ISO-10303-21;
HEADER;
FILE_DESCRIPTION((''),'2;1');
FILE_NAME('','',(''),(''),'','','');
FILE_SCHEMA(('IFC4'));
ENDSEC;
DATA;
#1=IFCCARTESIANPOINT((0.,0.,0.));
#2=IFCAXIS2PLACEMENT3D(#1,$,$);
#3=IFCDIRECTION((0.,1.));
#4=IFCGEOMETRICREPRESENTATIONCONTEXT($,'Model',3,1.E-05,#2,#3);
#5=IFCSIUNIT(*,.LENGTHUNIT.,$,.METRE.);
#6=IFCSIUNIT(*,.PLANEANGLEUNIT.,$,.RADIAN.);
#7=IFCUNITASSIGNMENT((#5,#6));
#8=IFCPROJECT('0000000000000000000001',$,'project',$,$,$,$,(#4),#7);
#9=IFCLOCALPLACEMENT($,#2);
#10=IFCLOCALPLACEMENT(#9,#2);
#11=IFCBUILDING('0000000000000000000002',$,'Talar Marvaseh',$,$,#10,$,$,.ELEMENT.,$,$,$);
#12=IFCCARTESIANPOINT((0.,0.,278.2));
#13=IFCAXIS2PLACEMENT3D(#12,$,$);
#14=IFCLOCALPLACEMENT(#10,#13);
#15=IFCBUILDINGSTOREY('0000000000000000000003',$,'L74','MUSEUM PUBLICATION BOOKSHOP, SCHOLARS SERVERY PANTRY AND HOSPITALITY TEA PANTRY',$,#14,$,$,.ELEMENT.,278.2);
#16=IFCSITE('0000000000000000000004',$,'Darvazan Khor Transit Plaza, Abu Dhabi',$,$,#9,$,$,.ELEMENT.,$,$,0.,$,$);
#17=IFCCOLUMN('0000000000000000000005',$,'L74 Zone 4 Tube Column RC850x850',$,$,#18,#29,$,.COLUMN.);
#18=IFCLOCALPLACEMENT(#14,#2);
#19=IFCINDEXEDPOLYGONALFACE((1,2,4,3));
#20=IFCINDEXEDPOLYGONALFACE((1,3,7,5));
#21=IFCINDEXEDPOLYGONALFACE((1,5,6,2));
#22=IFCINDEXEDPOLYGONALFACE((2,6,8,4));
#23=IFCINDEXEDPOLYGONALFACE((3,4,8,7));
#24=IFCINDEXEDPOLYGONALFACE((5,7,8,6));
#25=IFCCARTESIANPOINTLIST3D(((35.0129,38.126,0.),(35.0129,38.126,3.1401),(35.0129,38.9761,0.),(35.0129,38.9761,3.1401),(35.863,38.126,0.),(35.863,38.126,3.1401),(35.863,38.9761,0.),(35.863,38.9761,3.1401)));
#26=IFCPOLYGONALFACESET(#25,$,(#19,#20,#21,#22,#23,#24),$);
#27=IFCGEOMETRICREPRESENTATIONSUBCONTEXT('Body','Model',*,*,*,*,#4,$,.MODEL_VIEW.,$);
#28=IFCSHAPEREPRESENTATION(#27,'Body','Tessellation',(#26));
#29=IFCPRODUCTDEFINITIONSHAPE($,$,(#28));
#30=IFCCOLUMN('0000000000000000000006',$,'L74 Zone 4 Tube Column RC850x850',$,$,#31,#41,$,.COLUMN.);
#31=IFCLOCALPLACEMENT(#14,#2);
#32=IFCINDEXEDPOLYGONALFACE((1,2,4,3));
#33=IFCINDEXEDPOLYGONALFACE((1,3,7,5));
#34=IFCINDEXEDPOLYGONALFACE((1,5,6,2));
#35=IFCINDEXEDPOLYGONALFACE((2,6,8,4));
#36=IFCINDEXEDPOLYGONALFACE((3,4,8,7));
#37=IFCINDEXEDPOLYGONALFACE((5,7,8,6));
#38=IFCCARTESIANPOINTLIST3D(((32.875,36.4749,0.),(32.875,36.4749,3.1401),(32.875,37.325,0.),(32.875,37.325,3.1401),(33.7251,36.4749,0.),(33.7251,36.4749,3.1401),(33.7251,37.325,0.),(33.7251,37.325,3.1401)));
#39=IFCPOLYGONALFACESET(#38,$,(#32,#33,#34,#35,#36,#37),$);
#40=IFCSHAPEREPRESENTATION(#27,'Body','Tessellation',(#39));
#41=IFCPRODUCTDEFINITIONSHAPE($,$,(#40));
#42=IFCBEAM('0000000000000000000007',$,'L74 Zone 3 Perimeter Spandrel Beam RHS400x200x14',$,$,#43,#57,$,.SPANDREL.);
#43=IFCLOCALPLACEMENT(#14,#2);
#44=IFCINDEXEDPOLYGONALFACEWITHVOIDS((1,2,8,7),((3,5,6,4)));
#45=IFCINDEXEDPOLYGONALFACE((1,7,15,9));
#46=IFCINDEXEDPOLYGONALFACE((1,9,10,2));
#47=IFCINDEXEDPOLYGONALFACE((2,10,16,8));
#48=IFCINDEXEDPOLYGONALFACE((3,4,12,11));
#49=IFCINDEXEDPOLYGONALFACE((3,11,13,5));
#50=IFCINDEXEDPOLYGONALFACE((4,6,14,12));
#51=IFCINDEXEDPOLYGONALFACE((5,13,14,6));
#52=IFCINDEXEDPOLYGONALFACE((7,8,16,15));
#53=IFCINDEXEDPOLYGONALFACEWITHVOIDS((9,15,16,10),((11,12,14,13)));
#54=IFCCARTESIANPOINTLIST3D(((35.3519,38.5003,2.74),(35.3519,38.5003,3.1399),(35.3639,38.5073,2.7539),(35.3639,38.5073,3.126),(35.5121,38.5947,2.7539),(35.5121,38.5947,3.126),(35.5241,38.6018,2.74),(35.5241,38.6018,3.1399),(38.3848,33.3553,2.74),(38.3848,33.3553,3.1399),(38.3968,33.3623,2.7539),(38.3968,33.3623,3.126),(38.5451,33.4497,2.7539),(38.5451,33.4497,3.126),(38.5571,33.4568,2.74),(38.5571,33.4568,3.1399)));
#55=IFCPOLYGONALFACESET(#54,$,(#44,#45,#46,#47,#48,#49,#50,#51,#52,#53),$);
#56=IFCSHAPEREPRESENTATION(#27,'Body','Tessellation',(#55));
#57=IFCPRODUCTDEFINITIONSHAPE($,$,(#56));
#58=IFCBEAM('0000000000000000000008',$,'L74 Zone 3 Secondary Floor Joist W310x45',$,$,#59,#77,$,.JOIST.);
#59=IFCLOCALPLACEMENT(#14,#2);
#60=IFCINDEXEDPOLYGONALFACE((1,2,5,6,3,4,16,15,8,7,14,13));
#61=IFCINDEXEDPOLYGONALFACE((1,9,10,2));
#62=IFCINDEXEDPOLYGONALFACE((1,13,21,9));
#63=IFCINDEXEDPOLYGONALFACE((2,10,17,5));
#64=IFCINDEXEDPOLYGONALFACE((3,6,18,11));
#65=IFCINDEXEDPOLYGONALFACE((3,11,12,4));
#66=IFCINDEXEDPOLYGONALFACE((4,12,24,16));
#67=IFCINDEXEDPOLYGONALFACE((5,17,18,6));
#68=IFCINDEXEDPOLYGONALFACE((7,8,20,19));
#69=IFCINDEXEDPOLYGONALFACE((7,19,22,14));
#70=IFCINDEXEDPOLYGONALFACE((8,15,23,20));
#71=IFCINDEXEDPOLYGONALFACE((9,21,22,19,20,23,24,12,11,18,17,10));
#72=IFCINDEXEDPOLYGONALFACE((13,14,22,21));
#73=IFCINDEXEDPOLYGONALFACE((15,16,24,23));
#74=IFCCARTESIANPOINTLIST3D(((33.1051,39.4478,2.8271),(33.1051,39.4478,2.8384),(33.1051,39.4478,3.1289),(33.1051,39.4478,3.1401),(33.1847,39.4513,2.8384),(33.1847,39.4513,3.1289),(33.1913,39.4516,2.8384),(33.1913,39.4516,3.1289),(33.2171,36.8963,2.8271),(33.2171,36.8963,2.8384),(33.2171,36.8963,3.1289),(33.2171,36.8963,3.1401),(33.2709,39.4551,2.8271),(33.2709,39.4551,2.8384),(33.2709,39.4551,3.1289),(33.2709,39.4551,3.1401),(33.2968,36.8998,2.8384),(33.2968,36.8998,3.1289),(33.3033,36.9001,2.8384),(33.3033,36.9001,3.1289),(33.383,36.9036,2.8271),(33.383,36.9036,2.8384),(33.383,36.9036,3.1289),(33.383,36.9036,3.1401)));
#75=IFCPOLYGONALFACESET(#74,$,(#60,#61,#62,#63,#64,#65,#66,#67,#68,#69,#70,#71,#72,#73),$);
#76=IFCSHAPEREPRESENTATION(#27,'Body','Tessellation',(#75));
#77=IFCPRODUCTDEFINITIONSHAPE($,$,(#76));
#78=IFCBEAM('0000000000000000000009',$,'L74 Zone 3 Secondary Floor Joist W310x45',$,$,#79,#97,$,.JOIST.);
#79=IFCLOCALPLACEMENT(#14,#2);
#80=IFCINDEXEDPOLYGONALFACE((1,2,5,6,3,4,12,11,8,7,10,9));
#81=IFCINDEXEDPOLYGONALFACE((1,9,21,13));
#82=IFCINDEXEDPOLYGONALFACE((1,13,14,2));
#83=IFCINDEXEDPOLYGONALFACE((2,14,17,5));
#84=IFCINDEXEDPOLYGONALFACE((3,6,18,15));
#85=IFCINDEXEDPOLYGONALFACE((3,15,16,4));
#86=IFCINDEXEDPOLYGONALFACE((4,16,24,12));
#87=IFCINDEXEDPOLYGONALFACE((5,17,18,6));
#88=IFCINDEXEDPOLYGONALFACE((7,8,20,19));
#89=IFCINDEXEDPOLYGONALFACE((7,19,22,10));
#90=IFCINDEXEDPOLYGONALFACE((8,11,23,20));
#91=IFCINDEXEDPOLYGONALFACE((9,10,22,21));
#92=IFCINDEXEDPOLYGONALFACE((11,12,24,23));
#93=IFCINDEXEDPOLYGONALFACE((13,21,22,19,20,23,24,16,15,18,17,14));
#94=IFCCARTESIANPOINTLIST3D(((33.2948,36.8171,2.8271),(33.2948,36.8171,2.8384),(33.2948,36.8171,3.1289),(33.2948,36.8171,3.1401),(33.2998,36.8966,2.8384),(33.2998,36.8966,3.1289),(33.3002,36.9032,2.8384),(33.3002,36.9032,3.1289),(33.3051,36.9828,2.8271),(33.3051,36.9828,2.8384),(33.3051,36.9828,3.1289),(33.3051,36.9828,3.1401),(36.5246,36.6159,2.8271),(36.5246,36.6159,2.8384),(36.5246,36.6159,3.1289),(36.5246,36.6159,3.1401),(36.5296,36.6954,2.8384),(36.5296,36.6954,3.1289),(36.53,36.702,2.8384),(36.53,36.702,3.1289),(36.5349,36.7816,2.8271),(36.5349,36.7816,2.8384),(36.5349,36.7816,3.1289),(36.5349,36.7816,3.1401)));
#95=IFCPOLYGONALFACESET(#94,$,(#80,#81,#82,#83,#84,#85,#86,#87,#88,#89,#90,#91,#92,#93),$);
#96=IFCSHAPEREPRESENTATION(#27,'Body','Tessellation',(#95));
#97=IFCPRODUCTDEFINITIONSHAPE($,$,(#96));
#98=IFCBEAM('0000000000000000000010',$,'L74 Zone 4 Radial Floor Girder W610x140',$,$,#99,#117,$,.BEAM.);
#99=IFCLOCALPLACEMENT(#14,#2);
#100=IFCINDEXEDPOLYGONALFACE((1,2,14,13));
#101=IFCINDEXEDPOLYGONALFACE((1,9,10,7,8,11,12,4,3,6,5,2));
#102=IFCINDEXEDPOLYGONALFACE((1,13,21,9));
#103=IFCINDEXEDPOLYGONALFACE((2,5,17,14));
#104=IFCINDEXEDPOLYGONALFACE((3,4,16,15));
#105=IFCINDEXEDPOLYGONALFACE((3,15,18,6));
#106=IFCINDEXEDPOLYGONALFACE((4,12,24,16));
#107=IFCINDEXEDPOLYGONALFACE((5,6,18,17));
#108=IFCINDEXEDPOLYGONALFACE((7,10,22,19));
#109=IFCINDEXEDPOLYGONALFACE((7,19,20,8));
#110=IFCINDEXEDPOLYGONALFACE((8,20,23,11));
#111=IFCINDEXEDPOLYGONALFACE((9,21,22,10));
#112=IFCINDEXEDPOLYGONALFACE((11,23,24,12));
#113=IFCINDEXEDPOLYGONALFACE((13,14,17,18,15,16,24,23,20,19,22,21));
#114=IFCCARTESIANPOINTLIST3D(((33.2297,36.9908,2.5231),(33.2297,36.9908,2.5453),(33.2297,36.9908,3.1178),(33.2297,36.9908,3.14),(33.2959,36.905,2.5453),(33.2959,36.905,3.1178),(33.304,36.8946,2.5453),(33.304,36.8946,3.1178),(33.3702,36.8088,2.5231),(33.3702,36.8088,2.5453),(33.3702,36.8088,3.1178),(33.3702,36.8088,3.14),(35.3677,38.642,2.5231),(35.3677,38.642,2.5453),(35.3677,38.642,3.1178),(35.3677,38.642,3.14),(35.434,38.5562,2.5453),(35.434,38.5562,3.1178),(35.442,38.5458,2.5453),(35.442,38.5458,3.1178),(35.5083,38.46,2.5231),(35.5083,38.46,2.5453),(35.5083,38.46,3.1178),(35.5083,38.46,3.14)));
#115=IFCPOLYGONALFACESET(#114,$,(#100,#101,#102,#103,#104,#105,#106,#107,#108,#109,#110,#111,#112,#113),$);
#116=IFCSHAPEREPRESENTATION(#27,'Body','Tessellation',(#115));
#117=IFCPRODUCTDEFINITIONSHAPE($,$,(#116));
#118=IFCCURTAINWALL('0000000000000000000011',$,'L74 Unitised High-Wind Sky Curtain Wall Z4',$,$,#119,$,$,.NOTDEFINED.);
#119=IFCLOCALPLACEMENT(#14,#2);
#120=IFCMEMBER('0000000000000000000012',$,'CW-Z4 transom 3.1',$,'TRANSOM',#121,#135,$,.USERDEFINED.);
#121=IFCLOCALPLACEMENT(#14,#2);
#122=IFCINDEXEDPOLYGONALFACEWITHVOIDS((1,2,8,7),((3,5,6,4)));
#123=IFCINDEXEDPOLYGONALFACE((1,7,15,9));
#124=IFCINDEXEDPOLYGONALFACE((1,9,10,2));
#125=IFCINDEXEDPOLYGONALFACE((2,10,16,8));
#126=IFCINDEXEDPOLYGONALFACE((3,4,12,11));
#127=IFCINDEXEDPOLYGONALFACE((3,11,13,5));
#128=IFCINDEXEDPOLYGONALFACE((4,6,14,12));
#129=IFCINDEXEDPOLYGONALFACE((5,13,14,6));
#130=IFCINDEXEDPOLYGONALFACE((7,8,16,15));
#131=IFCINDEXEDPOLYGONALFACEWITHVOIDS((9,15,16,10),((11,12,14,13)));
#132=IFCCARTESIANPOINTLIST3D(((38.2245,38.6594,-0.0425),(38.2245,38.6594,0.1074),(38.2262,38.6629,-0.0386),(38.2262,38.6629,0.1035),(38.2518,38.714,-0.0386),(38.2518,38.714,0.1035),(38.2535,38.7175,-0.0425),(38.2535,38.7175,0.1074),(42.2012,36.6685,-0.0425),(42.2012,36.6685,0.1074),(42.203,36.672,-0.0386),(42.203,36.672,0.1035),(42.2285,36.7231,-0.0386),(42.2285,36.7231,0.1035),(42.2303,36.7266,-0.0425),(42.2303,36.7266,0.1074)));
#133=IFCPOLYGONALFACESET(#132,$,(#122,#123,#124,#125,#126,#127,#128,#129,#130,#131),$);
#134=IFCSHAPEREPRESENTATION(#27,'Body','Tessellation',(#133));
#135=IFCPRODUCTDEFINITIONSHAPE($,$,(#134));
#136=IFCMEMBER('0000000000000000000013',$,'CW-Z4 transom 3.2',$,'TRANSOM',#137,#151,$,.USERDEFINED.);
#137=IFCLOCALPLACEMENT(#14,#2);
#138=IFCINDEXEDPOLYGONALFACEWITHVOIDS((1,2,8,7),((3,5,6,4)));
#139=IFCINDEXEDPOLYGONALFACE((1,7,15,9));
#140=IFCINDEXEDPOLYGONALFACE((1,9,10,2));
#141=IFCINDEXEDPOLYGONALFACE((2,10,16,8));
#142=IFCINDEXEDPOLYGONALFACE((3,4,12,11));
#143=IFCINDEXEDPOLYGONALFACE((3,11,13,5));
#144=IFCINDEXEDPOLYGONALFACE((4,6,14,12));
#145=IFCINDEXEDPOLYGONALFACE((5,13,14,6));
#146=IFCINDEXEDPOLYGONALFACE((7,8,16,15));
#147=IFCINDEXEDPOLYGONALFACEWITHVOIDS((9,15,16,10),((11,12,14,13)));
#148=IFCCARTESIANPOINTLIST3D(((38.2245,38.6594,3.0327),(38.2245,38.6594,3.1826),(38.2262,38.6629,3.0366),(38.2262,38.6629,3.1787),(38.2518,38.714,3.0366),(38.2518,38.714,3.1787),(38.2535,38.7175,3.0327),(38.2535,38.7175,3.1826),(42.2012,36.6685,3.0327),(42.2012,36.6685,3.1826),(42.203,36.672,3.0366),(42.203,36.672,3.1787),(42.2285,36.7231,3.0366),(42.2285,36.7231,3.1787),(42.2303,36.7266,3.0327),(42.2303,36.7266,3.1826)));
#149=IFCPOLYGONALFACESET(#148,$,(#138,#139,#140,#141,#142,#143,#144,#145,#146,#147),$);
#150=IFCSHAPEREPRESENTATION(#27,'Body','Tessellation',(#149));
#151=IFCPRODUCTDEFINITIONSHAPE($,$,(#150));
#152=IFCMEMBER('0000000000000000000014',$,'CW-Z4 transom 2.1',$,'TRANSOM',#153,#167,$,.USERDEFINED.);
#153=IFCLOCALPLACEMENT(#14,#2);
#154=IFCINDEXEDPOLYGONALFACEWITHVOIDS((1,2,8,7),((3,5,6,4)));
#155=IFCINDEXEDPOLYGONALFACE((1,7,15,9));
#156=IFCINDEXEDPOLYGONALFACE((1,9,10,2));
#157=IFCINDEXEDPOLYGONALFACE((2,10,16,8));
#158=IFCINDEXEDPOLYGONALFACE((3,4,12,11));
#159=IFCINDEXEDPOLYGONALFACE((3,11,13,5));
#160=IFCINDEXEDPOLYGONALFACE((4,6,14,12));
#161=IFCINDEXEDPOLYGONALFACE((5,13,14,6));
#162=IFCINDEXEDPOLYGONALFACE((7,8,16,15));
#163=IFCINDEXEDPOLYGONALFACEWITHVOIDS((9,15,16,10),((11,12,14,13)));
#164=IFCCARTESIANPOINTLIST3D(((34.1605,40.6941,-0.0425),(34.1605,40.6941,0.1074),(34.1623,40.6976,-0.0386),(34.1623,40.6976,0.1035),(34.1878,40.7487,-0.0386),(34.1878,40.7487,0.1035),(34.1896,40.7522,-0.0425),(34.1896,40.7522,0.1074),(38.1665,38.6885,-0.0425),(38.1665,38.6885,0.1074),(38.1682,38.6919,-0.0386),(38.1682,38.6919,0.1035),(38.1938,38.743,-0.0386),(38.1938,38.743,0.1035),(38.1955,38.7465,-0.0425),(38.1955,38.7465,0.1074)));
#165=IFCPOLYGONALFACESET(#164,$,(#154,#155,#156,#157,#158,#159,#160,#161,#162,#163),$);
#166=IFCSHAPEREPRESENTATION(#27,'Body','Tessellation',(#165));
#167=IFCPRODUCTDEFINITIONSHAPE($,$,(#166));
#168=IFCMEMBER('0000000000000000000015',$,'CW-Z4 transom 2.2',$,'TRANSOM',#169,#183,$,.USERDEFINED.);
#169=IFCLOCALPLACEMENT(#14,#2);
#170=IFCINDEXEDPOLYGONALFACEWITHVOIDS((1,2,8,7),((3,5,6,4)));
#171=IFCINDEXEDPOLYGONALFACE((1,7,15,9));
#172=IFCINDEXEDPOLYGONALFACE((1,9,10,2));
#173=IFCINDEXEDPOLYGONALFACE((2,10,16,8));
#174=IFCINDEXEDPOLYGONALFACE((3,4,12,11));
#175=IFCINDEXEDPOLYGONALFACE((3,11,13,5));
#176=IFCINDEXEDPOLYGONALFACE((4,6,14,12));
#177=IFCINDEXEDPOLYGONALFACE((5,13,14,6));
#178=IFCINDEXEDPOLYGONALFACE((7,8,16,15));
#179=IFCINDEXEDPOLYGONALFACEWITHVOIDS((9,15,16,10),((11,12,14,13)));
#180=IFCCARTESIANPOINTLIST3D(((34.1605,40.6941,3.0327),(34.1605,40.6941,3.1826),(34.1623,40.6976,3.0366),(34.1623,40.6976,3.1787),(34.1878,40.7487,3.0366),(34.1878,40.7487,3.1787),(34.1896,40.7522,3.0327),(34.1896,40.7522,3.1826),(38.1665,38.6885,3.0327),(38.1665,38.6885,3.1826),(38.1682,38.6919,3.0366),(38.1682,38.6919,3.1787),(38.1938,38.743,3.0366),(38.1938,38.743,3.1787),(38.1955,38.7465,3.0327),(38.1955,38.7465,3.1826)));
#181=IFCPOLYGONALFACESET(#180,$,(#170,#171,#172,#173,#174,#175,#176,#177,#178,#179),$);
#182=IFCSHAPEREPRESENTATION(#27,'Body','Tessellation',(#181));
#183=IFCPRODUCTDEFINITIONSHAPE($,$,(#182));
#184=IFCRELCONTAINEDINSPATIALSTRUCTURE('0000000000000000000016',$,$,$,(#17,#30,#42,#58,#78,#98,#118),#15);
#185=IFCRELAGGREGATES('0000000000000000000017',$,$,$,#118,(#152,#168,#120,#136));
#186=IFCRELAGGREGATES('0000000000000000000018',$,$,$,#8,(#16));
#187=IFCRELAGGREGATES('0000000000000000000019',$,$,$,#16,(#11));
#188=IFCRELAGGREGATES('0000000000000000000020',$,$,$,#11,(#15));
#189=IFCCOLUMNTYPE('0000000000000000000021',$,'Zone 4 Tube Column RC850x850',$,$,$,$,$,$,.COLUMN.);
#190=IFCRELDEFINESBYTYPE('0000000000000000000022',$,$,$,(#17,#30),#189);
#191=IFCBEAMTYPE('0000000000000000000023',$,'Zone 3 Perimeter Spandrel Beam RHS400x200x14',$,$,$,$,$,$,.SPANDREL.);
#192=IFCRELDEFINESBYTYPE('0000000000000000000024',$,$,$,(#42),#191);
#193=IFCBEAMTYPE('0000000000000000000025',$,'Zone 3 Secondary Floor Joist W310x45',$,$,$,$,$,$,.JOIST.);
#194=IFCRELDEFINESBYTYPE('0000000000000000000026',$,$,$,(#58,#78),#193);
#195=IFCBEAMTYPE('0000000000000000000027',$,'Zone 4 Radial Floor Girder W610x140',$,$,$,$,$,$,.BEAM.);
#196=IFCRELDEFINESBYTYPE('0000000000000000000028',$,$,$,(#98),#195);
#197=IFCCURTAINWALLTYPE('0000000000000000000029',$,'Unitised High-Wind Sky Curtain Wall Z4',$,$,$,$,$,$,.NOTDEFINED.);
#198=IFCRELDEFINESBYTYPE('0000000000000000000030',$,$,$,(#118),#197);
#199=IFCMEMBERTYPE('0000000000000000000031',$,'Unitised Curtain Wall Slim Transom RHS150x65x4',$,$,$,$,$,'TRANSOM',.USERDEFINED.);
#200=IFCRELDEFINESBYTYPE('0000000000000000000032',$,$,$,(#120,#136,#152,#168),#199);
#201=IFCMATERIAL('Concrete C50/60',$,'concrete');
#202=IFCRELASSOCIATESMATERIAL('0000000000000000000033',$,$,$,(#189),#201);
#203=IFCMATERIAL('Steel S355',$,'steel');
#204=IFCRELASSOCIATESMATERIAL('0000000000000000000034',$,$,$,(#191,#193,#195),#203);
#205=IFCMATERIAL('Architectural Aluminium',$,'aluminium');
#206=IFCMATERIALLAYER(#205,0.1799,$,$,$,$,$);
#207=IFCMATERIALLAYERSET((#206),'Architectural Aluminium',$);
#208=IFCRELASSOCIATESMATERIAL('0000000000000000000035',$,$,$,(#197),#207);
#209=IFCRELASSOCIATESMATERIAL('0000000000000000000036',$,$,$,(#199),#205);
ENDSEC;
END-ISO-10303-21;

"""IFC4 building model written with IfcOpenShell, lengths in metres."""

from ifc_helpers import new_model, si_unit, direction, frame, origin, origin_2d, place, context, subcontext, project, spatial, rectangle, hollow_rectangle, i_section, extrude, source, transform, mapped, material, layer, layer_set, material_profile, profile_set, type_object, type_shapes, element, aggregate, save


model = new_model("IFC4")

# Units and contexts
model_context = context("Model", 3, precision=1e-05, world=origin(), true_north=direction((0.0, 1.0)))
body_context = subcontext(model_context, "Body", "Model", "MODEL_VIEW")
ifc_project = project(units=[si_unit("LENGTHUNIT", "METRE"), si_unit("PLANEANGLEUNIT", "RADIAN")], contexts=[model_context])

# Site, building, storey
site_placement = place(None, origin())
site = spatial("IfcSite", under=ifc_project, at=site_placement, Name="Darvazan Khor Transit Plaza, Abu Dhabi", CompositionType="ELEMENT", RefElevation=0.0)
building_placement = place(site_placement, origin())
building = spatial("IfcBuilding", under=site, at=building_placement, Name="Talar Marvaseh", CompositionType="ELEMENT")
storey_placement = place(building_placement, frame((0.0, 0.0, 278.2)))
storey = spatial("IfcBuildingStorey", under=building, at=storey_placement, Name="L74", Description="MUSEUM PUBLICATION BOOKSHOP, SCHOLARS SERVERY PANTRY AND HOSPITALITY TEA PANTRY", CompositionType="ELEMENT", Elevation=278.2)

# Columns
ifc_material_1 = material(Name="Concrete C50/60", Category="concrete")
ifc_material_profile_1 = material_profile(ifc_material_1, rectangle(XDim=0.8501, YDim=0.8501, at=origin_2d()), Name="RC850x850")
ifc_profile_set_1 = profile_set([ifc_material_profile_1], Name="Concrete C50/60")
column_type = type_object("IfcColumnType", Name="Zone 4 Tube Column RC850x850", PredefinedType="COLUMN", material=ifc_profile_set_1)
for number, where, z_axis, x_axis, name in (
    (1, (35.438, 38.551, 0.0), (0.0, 0.0, 1.0), (1.0, 0.0, 0.0), "L74 Zone 4 Tube Column RC850x850"),
    (2, (33.3, 36.8999, 0.0), (0.0, 0.0, 1.0), (1.0, 0.0, 0.0), "L74 Zone 4 Tube Column RC850x850"),
):
    element("IfcColumn", number, at=place(storey_placement, frame(where, z_axis=z_axis, x_axis=x_axis)), inside=storey, type_object=column_type, Name=name, PredefinedType="COLUMN", context=body_context, shape_type="SweptSolid", body=[
        extrude(rectangle(XDim=0.8501, YDim=0.8501, at=origin_2d()), origin(), (0.0, 0.0, 1.0), 3.1401),
    ])

# Beams
ifc_material_2 = material(Name="Steel S355", Category="steel")
ifc_material_profile_2 = material_profile(ifc_material_2, hollow_rectangle(XDim=0.2, YDim=0.3999, WallThickness=0.0139, at=origin_2d()), Name="RHS400x200x14")
ifc_profile_set_2 = profile_set([ifc_material_profile_2], Name="Steel S355")
beam_type_1 = type_object("IfcBeamType", Name="Zone 3 Perimeter Spandrel Beam RHS400x200x14", PredefinedType="SPANDREL", material=ifc_profile_set_2)
beam_1_placement = place(storey_placement, frame((35.438, 38.551, 2.9399), z_axis=(0.507826, -0.86146, 0.0), x_axis=(0.86146, 0.507826, 0.0)))
element("IfcBeam", 3, at=beam_1_placement, inside=storey, type_object=beam_type_1, Name="L74 Zone 3 Perimeter Spandrel Beam RHS400x200x14", PredefinedType="SPANDREL", context=body_context, shape_type="SweptSolid", body=[
    extrude(hollow_rectangle(XDim=0.2, YDim=0.3999, WallThickness=0.0139, at=origin_2d()), origin(), (0.0, 0.0, 1.0), 5.9724),
])
ifc_material_profile_3 = material_profile(ifc_material_2, i_section(OverallWidth=0.166, OverallDepth=0.313, WebThickness=0.0066, FlangeThickness=0.0112, at=origin_2d()), Name="W310x45")
ifc_profile_set_3 = profile_set([ifc_material_profile_3], Name="Steel S355")
beam_type_2 = type_object("IfcBeamType", Name="Zone 3 Secondary Floor Joist W310x45", PredefinedType="JOIST", material=ifc_profile_set_3)
beam_2_placement = place(storey_placement, frame((33.188, 39.4514, 2.9836), z_axis=(0.043877, -0.999037, 0.0), x_axis=(0.999037, 0.043877, 0.0)))
element("IfcBeam", 4, at=beam_2_placement, inside=storey, type_object=beam_type_2, Name="L74 Zone 3 Secondary Floor Joist W310x45", PredefinedType="JOIST", context=body_context, shape_type="SweptSolid", body=[
    extrude(i_section(OverallWidth=0.166, OverallDepth=0.313, WebThickness=0.0066, FlangeThickness=0.0112, at=origin_2d()), origin(), (0.0, 0.0, 1.0), 2.554),
])
beam_3_placement = place(storey_placement, frame((36.5298, 36.6987, 2.9836), z_axis=(-0.998066, 0.062167, 0.0), x_axis=(-0.062167, -0.998066, 0.0)))
element("IfcBeam", 5, at=beam_3_placement, inside=storey, type_object=beam_type_2, Name="L74 Zone 3 Secondary Floor Joist W310x45", PredefinedType="JOIST", context=body_context, shape_type="SweptSolid", body=[
    extrude(i_section(OverallWidth=0.166, OverallDepth=0.313, WebThickness=0.0066, FlangeThickness=0.0112, at=origin_2d()), origin(), (0.0, 0.0, 1.0), 3.2361),
])
ifc_material_profile_4 = material_profile(ifc_material_2, i_section(OverallWidth=0.23, OverallDepth=0.6169, WebThickness=0.0132, FlangeThickness=0.0222, at=origin_2d()), Name="W610x140")
ifc_profile_set_4 = profile_set([ifc_material_profile_4], Name="Steel S355")
beam_type_3 = type_object("IfcBeamType", Name="Zone 4 Radial Floor Girder W610x140", PredefinedType="BEAM", material=ifc_profile_set_4)
beam_4_placement = place(storey_placement, frame((35.438, 38.551, 2.8315), z_axis=(-0.79145, -0.611234, 0.0), x_axis=(0.611234, -0.79145, 0.0)))
element("IfcBeam", 6, at=beam_4_placement, inside=storey, type_object=beam_type_3, Name="L74 Zone 4 Radial Floor Girder W610x140", PredefinedType="BEAM", context=body_context, shape_type="SweptSolid", body=[
    extrude(i_section(OverallWidth=0.23, OverallDepth=0.6169, WebThickness=0.0132, FlangeThickness=0.0222, at=origin_2d()), origin(), (0.0, 0.0, 1.0), 2.7014),
])

# Curtain wall, members
ifc_material_3 = material(Name="Architectural Aluminium", Category="aluminium")
ifc_layer_1 = layer(ifc_material_3, 0.1799)
ifc_layer_set_1 = layer_set([ifc_layer_1], Name="Architectural Aluminium")
curtain_wall_type = type_object("IfcCurtainWallType", Name="Unitised High-Wind Sky Curtain Wall Z4", PredefinedType="NOTDEFINED", material=ifc_layer_set_1)
curtain_wall_placement = place(storey_placement, origin())
curtain_wall = element("IfcCurtainWall", 7, at=curtain_wall_placement, inside=storey, type_object=curtain_wall_type, Name="L74 Unitised High-Wind Sky Curtain Wall Z4", PredefinedType="NOTDEFINED")
ifc_material_profile_5 = material_profile(ifc_material_3, hollow_rectangle(XDim=0.0649, YDim=0.1499, WallThickness=0.0039, at=origin_2d()), Name="RHS150x65x4")
ifc_profile_set_5 = profile_set([ifc_material_profile_5], Name="Architectural Aluminium")
member_type_1 = type_object("IfcMemberType", Name="Unitised Curtain Wall Slim Transom RHS150x65x4", ElementType="TRANSOM", PredefinedType="USERDEFINED", material=ifc_profile_set_5)
shared_shape_1 = source(origin(), body_context, "Body", "SweptSolid", [
    extrude(hollow_rectangle(XDim=0.0649, YDim=0.1499, WallThickness=0.0039, at=origin_2d()), origin(), (0.0, 0.0, 1.0), 4.4473),
])
member_1_placement = place(storey_placement, frame((38.239, 38.6885, 0.0325), z_axis=(0.894197, -0.447675, 0.0), x_axis=(0.447675, 0.894197, 0.0)))
member_1 = element("IfcMember", 8, at=member_1_placement, type_object=member_type_1, Name="CW-Z4 transom 3.1", ObjectType="TRANSOM", PredefinedType="USERDEFINED", context=body_context, shape_type="MappedRepresentation", body=[
    mapped(shared_shape_1, transform((0.0, 0.0, 0.0), x_axis=(1.0, 0.0, 0.0), y_axis=(0.0, 1.0, 0.0), z_axis=(0.0, 0.0, 1.0), scale=1.0)),
])
member_2_placement = place(storey_placement, frame((38.239, 38.6885, 3.1077), z_axis=(0.894197, -0.447675, 0.0), x_axis=(0.447675, 0.894197, 0.0)))
member_2 = element("IfcMember", 9, at=member_2_placement, type_object=member_type_1, Name="CW-Z4 transom 3.2", ObjectType="TRANSOM", PredefinedType="USERDEFINED", context=body_context, shape_type="MappedRepresentation", body=[
    mapped(shared_shape_1, transform((0.0, 0.0, 0.0), x_axis=(1.0, 0.0, 0.0), y_axis=(0.0, 1.0, 0.0), z_axis=(0.0, 0.0, 1.0), scale=1.0)),
])
shared_shape_2 = source(origin(), body_context, "Body", "SweptSolid", [
    extrude(hollow_rectangle(XDim=0.0649, YDim=0.1499, WallThickness=0.0039, at=origin_2d()), origin(), (0.0, 0.0, 1.0), 4.48),
])
type_shapes(member_type_1, [shared_shape_1, shared_shape_2])
member_3_placement = place(storey_placement, frame((34.175, 40.7231, 0.0325), z_axis=(0.894187, -0.447693, 0.0), x_axis=(0.447693, 0.894187, 0.0)))
member_3 = element("IfcMember", 10, at=member_3_placement, type_object=member_type_1, Name="CW-Z4 transom 2.1", ObjectType="TRANSOM", PredefinedType="USERDEFINED", context=body_context, shape_type="MappedRepresentation", body=[
    mapped(shared_shape_2, transform((0.0, 0.0, 0.0), x_axis=(1.0, 0.0, 0.0), y_axis=(0.0, 1.0, 0.0), z_axis=(0.0, 0.0, 1.0), scale=1.0)),
])
member_4_placement = place(storey_placement, frame((34.175, 40.7231, 3.1077), z_axis=(0.894187, -0.447693, 0.0), x_axis=(0.447693, 0.894187, 0.0)))
member_4 = element("IfcMember", 11, at=member_4_placement, type_object=member_type_1, Name="CW-Z4 transom 2.2", ObjectType="TRANSOM", PredefinedType="USERDEFINED", context=body_context, shape_type="MappedRepresentation", body=[
    mapped(shared_shape_2, transform((0.0, 0.0, 0.0), x_axis=(1.0, 0.0, 0.0), y_axis=(0.0, 1.0, 0.0), z_axis=(0.0, 0.0, 1.0), scale=1.0)),
])
aggregate(curtain_wall, [member_3, member_4, member_1, member_2])

save(model, "model.ifc")
